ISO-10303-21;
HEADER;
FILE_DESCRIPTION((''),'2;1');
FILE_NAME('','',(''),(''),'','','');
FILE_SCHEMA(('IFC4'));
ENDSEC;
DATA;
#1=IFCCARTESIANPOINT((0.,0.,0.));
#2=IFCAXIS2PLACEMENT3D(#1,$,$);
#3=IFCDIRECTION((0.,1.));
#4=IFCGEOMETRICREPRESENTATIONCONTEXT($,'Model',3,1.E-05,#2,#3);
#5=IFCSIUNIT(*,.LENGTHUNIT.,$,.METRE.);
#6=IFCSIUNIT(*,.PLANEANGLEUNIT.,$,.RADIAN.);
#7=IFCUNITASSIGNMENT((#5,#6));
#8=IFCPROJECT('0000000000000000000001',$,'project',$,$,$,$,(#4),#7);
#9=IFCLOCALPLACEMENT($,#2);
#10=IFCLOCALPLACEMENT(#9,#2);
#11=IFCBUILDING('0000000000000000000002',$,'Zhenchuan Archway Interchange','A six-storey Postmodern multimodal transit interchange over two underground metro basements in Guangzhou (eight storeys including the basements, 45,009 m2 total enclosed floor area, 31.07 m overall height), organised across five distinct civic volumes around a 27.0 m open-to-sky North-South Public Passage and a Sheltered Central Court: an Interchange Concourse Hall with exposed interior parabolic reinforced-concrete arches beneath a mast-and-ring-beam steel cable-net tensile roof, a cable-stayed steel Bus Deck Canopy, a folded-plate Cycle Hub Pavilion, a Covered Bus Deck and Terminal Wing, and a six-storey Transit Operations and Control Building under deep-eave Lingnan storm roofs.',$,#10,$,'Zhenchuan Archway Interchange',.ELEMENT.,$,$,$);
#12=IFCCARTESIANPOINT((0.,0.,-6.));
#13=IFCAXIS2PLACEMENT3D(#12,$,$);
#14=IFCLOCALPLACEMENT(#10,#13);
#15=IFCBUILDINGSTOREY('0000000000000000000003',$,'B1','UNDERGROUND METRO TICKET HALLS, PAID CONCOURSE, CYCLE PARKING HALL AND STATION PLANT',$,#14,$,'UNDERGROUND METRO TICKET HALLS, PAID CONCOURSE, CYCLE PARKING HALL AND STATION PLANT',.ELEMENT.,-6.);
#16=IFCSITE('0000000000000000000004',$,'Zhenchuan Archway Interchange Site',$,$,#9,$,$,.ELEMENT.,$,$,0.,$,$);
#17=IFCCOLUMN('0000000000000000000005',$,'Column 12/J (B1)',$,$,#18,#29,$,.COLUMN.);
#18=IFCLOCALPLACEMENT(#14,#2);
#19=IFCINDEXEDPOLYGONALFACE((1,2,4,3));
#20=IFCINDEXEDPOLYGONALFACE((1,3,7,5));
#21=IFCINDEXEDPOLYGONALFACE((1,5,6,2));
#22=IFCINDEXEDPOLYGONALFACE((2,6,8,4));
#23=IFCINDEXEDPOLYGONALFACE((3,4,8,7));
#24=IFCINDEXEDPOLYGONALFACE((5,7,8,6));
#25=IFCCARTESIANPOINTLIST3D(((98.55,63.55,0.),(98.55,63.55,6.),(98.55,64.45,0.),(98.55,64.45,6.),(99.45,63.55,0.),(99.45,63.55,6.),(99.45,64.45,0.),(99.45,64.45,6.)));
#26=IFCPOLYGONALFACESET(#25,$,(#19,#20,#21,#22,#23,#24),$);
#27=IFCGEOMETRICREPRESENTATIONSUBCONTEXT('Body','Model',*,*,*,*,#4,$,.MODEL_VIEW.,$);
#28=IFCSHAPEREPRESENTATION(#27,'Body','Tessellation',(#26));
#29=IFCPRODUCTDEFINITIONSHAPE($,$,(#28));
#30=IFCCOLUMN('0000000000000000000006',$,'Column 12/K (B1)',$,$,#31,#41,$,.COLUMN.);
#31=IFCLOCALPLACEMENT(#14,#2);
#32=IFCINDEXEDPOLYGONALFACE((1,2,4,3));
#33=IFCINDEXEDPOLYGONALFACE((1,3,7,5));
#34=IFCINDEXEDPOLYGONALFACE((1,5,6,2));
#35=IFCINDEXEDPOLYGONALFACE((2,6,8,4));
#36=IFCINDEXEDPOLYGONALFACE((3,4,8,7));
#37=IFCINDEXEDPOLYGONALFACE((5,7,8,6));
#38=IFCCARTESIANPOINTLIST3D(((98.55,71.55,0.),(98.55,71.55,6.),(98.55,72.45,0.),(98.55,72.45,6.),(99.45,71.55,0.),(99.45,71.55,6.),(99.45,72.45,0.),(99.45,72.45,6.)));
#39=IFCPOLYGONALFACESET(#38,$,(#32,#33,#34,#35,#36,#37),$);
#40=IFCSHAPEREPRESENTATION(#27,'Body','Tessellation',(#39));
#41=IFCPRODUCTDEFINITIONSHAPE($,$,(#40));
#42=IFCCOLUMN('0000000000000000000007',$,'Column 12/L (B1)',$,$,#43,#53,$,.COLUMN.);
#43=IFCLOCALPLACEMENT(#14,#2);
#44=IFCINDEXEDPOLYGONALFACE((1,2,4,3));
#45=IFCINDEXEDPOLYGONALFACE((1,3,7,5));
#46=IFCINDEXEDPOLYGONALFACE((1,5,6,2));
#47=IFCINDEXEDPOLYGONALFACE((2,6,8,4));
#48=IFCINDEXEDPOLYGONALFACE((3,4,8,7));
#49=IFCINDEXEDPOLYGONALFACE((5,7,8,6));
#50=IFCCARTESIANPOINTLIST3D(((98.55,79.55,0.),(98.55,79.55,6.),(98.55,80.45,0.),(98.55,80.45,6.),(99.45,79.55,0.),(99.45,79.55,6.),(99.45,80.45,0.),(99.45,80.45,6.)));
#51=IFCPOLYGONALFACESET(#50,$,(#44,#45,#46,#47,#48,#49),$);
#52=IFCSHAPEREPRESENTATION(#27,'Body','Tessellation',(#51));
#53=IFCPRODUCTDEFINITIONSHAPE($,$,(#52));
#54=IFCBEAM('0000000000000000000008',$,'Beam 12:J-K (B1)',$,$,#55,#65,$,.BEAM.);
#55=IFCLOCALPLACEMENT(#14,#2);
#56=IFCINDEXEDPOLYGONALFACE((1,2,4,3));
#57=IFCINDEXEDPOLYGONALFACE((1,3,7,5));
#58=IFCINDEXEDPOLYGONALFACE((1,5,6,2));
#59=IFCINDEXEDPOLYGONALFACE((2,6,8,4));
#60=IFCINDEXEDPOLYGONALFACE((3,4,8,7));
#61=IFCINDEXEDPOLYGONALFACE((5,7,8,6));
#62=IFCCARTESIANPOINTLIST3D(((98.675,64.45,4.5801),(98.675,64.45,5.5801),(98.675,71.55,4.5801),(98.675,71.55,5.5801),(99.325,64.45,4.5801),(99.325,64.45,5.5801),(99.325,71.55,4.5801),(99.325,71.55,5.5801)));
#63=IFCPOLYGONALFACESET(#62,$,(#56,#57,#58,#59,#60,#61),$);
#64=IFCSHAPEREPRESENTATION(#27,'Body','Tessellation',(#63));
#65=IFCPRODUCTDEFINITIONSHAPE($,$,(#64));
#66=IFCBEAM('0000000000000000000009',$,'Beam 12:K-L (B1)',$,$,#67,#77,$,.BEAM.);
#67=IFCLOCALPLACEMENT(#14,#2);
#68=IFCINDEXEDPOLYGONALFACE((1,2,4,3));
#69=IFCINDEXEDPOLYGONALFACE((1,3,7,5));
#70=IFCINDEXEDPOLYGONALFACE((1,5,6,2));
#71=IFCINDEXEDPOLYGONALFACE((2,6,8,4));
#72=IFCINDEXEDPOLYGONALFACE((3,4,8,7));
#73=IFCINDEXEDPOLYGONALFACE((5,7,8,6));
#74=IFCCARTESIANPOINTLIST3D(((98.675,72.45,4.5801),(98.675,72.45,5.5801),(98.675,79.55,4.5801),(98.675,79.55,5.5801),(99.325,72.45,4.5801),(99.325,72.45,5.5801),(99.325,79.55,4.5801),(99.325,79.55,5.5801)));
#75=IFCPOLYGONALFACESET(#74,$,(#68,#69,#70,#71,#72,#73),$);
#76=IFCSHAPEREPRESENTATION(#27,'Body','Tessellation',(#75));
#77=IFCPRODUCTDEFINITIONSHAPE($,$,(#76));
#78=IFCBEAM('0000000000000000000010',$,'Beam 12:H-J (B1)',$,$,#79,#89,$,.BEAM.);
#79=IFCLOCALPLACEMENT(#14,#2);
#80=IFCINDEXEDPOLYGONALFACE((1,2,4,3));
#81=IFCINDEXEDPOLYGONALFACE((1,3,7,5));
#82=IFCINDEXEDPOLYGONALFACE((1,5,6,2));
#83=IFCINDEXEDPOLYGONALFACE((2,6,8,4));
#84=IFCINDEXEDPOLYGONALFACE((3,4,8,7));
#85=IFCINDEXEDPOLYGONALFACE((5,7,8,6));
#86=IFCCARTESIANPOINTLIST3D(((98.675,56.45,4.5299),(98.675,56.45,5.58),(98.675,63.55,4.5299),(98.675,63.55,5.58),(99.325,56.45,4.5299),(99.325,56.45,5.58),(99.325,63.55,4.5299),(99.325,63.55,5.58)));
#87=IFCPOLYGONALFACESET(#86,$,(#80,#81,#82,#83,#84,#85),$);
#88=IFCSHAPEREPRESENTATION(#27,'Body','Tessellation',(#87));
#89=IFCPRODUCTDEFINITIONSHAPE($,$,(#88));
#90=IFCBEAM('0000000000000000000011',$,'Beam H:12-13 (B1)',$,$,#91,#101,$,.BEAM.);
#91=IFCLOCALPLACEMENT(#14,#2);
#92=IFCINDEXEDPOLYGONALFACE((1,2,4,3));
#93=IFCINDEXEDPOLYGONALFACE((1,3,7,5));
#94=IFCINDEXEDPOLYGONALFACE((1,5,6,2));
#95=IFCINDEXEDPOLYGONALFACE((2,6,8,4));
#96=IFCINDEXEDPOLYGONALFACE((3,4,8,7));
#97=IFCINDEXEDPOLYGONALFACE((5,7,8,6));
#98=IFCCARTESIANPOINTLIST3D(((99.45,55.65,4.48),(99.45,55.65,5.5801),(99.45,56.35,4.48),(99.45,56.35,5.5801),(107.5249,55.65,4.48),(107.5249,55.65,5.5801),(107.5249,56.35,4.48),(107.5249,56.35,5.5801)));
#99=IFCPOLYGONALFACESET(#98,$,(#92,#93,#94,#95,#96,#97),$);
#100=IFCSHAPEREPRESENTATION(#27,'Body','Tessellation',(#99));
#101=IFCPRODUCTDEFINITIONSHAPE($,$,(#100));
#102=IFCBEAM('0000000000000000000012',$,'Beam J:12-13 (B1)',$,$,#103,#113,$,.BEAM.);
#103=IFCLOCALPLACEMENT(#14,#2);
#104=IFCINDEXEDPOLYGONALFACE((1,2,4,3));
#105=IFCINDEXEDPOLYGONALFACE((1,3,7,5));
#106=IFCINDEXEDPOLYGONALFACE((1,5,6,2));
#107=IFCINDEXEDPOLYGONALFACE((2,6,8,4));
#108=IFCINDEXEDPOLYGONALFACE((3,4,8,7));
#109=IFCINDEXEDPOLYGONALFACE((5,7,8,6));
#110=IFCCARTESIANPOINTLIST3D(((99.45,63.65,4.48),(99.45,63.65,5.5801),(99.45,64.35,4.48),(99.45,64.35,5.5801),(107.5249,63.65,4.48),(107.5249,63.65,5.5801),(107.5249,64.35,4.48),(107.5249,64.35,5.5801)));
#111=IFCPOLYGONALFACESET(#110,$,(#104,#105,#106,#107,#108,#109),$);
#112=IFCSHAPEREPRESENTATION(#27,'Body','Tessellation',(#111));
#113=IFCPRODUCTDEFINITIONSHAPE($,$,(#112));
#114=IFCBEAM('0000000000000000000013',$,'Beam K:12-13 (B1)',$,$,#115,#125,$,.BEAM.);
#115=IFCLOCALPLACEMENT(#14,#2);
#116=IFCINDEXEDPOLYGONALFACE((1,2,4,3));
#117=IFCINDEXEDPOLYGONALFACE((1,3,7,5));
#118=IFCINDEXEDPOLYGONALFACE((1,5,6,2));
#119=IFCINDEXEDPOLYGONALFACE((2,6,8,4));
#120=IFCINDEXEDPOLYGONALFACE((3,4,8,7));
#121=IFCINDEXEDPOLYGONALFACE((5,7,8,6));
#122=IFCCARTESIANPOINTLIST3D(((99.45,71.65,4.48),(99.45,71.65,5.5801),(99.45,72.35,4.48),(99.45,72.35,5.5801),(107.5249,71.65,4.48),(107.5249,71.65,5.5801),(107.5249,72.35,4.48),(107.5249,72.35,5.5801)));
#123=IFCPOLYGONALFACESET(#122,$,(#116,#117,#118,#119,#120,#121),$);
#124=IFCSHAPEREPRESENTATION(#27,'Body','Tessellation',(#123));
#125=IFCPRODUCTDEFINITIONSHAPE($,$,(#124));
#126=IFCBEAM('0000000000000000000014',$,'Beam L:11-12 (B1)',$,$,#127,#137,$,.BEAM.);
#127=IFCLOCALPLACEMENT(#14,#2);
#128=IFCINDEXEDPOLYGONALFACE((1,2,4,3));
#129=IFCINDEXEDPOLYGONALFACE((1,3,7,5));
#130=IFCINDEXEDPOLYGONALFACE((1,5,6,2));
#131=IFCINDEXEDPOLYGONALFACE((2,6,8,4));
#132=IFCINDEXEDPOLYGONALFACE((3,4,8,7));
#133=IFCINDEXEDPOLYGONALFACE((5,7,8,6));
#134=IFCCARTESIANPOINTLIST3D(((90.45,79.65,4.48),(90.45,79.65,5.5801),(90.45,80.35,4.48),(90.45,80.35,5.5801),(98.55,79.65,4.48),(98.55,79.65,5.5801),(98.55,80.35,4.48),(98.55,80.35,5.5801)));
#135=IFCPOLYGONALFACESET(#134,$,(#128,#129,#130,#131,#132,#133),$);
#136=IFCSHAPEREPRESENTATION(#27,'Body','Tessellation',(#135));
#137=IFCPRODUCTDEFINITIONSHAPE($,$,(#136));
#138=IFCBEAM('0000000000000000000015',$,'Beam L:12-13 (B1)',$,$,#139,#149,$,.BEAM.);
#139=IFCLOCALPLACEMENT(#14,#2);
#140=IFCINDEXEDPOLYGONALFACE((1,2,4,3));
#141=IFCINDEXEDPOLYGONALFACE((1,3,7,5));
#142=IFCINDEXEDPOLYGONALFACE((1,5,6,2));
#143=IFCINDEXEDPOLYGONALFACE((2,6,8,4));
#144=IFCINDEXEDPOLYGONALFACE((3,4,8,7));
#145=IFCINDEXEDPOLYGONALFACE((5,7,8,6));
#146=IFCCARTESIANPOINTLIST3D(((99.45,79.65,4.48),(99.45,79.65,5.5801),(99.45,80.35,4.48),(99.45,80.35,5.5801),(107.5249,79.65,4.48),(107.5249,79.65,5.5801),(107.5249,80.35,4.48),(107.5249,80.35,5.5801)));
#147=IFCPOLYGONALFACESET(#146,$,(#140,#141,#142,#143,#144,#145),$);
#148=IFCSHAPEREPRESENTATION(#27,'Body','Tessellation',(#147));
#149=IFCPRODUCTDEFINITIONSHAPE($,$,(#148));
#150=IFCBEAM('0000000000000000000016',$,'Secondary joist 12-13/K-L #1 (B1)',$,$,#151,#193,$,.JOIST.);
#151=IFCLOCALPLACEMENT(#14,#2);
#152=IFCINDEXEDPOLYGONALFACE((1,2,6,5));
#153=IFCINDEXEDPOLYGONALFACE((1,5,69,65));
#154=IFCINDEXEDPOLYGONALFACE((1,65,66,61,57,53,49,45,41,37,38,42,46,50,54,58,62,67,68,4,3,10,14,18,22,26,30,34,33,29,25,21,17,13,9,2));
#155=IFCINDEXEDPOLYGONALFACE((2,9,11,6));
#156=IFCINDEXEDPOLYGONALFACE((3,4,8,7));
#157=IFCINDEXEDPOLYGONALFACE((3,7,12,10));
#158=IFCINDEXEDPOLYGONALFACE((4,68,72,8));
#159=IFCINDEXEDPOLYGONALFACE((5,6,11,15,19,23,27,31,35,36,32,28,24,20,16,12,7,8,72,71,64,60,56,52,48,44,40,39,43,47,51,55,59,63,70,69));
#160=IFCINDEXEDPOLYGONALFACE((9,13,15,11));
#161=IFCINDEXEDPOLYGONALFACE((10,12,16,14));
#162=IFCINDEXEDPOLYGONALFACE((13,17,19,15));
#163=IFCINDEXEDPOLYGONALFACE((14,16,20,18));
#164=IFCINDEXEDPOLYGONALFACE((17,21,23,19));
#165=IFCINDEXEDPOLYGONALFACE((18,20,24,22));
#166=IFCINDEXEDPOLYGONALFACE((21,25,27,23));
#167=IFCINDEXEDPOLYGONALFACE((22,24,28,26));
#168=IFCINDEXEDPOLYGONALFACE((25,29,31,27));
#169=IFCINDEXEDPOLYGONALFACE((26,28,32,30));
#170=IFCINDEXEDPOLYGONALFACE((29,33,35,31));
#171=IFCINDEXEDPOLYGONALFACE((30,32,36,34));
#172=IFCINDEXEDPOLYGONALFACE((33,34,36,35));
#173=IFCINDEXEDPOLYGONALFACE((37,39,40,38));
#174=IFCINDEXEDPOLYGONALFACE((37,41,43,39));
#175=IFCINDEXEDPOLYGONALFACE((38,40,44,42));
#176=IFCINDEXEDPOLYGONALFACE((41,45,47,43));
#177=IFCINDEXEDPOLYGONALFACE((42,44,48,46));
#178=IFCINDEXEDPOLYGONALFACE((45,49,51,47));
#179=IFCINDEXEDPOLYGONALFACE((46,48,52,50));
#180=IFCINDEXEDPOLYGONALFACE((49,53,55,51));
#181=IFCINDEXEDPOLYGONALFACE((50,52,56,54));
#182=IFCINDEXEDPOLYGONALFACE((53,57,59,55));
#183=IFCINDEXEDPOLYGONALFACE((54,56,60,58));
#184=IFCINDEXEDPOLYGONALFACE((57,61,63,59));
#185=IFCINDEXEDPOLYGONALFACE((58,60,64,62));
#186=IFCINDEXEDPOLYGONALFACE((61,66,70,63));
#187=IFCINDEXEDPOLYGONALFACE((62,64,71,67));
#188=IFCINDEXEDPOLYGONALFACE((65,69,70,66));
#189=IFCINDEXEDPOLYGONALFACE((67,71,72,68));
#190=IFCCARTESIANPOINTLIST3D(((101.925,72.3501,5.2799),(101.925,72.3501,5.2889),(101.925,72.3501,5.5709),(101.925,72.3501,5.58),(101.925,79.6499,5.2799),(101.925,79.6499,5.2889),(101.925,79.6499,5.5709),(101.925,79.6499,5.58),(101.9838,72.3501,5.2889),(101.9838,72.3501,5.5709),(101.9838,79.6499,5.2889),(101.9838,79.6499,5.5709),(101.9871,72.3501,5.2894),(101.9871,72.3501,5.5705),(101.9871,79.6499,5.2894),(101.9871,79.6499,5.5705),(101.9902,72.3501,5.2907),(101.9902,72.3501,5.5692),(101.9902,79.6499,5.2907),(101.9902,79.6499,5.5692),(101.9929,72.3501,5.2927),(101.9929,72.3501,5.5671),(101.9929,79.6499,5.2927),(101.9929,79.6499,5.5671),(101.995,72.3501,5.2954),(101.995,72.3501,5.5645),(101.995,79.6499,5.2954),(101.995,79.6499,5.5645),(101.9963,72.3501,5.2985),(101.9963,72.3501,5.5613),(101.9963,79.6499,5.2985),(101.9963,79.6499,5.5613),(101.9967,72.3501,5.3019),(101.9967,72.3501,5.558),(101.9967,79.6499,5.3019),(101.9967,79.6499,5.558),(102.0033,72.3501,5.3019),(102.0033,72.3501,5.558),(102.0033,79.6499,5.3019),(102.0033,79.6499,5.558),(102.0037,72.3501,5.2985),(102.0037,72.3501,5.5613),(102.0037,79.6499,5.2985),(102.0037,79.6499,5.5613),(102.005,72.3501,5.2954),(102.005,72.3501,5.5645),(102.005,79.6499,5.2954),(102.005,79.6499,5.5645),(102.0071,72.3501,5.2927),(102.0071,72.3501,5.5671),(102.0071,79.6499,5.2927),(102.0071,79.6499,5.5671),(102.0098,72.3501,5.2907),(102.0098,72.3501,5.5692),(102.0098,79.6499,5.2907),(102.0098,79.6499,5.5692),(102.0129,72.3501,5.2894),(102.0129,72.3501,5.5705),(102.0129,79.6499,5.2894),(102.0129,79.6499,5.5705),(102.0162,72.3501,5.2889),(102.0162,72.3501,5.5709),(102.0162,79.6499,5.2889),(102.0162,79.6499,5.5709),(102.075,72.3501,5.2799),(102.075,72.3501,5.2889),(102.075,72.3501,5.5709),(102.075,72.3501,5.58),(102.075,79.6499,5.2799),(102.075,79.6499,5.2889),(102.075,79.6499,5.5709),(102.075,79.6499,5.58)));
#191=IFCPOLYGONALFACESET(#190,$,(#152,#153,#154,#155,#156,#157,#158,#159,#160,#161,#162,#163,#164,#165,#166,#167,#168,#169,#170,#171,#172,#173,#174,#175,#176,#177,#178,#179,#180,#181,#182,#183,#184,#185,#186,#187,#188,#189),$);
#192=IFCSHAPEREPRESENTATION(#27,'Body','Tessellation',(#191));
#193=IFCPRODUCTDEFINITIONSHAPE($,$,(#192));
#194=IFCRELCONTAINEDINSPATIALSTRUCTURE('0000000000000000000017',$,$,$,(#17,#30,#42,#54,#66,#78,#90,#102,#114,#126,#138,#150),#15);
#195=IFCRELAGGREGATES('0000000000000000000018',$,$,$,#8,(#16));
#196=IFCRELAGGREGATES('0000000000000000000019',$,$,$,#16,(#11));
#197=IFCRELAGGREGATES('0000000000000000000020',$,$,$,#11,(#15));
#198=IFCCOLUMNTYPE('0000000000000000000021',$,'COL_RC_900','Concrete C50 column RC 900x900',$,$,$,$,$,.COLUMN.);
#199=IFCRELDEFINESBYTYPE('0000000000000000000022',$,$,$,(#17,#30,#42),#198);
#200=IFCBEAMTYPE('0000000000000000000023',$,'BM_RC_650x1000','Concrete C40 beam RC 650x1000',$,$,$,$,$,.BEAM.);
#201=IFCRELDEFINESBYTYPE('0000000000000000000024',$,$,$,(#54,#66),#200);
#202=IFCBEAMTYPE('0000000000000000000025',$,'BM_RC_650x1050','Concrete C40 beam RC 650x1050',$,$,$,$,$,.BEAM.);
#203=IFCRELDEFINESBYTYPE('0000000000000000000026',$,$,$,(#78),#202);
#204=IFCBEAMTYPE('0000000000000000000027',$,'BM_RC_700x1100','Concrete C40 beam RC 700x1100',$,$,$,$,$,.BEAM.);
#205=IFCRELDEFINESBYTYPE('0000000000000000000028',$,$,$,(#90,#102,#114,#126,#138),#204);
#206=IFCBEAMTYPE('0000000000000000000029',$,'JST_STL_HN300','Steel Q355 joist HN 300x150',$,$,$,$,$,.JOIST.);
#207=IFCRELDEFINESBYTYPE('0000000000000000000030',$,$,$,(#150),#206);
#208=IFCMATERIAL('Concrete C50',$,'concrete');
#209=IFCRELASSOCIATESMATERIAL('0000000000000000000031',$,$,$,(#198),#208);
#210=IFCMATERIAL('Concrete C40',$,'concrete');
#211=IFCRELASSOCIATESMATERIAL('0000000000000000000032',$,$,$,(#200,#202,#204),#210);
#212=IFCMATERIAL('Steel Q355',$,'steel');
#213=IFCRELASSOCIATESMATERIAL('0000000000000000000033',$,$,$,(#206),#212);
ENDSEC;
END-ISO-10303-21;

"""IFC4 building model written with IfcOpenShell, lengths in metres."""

from ifc_helpers import new_model, si_unit, direction, frame, origin, origin_2d, place, context, subcontext, project, spatial, rectangle, i_section, extrude, material, material_profile, profile_set, type_object, element, save


model = new_model("IFC4")

# Units and contexts
model_context = context("Model", 3, precision=1e-05, world=origin(), true_north=direction((0.0, 1.0)))
body_context = subcontext(model_context, "Body", "Model", "MODEL_VIEW")
ifc_project = project(units=[si_unit("LENGTHUNIT", "METRE"), si_unit("PLANEANGLEUNIT", "RADIAN")], contexts=[model_context])

# Site, building, storey
site_placement = place(None, origin())
site = spatial("IfcSite", under=ifc_project, at=site_placement, Name="Zhenchuan Archway Interchange Site", CompositionType="ELEMENT", RefElevation=0.0)
building_placement = place(site_placement, origin())
building = spatial("IfcBuilding", under=site, at=building_placement, Name="Zhenchuan Archway Interchange", Description="A six-storey Postmodern multimodal transit interchange over two underground metro basements in Guangzhou (eight storeys including the basements, 45,009 m2 total enclosed floor area, 31.07 m overall height), organised across five distinct civic volumes around a 27.0 m open-to-sky North-South Public Passage and a Sheltered Central Court: an Interchange Concourse Hall with exposed interior parabolic reinforced-concrete arches beneath a mast-and-ring-beam steel cable-net tensile roof, a cable-stayed steel Bus Deck Canopy, a folded-plate Cycle Hub Pavilion, a Covered Bus Deck and Terminal Wing, and a six-storey Transit Operations and Control Building under deep-eave Lingnan storm roofs.", LongName="Zhenchuan Archway Interchange", CompositionType="ELEMENT")
storey_placement = place(building_placement, frame((0.0, 0.0, -6.0)))
storey = spatial("IfcBuildingStorey", under=building, at=storey_placement, Name="B1", Description="UNDERGROUND METRO TICKET HALLS, PAID CONCOURSE, CYCLE PARKING HALL AND STATION PLANT", LongName="UNDERGROUND METRO TICKET HALLS, PAID CONCOURSE, CYCLE PARKING HALL AND STATION PLANT", CompositionType="ELEMENT", Elevation=-6.0)

# Columns
ifc_material_1 = material(Name="Concrete C50", Category="concrete")
ifc_material_profile_1 = material_profile(ifc_material_1, rectangle(XDim=0.8999, YDim=0.8999, at=origin_2d()), Name="RC 900x900")
ifc_profile_set_1 = profile_set([ifc_material_profile_1], Name="Concrete C50")
column_type = type_object("IfcColumnType", Name="COL_RC_900", Description="Concrete C50 column RC 900x900", PredefinedType="COLUMN", material=ifc_profile_set_1)
for number, where, z_axis, x_axis, name in (
    (1, (99.0, 64.0, 0.0), (0.0, 0.0, 1.0), (1.0, 0.0, 0.0), "Column 12/J (B1)"),
    (2, (99.0, 72.0, 0.0), (0.0, 0.0, 1.0), (1.0, 0.0, 0.0), "Column 12/K (B1)"),
    (3, (99.0, 80.0, 0.0), (0.0, 0.0, 1.0), (1.0, 0.0, 0.0), "Column 12/L (B1)"),
):
    element("IfcColumn", number, at=place(storey_placement, frame(where, z_axis=z_axis, x_axis=x_axis)), inside=storey, type_object=column_type, Name=name, PredefinedType="COLUMN", context=body_context, shape_type="SweptSolid", body=[
        extrude(rectangle(XDim=0.8999, YDim=0.8999, at=origin_2d()), origin(), (0.0, 0.0, 1.0), 6.0),
    ])

# Beams
ifc_material_2 = material(Name="Concrete C40", Category="concrete")
ifc_material_profile_2 = material_profile(ifc_material_2, rectangle(XDim=0.6499, YDim=1.0, at=origin_2d()), Name="RC 650x1000")
ifc_profile_set_2 = profile_set([ifc_material_profile_2], Name="Concrete C40")
beam_type_1 = type_object("IfcBeamType", Name="BM_RC_650x1000", Description="Concrete C40 beam RC 650x1000", PredefinedType="BEAM", material=ifc_profile_set_2)
for number, where, z_axis, x_axis, name in (
    (4, (99.0, 64.45, 5.0801), (0.0, 1.0, 0.0), (-1.0, 0.0, 0.0), "Beam 12:J-K (B1)"),
    (5, (99.0, 72.45, 5.0801), (0.0, 1.0, 0.0), (-1.0, 0.0, 0.0), "Beam 12:K-L (B1)"),
):
    element("IfcBeam", number, at=place(storey_placement, frame(where, z_axis=z_axis, x_axis=x_axis)), inside=storey, type_object=beam_type_1, Name=name, PredefinedType="BEAM", context=body_context, shape_type="SweptSolid", body=[
        extrude(rectangle(XDim=0.6499, YDim=1.0, at=origin_2d()), origin(), (0.0, 0.0, 1.0), 7.1001),
    ])
ifc_material_profile_3 = material_profile(ifc_material_2, rectangle(XDim=0.6499, YDim=1.05, at=origin_2d()), Name="RC 650x1050")
ifc_profile_set_3 = profile_set([ifc_material_profile_3], Name="Concrete C40")
beam_type_2 = type_object("IfcBeamType", Name="BM_RC_650x1050", Description="Concrete C40 beam RC 650x1050", PredefinedType="BEAM", material=ifc_profile_set_3)
beam_1_placement = place(storey_placement, frame((99.0, 56.45, 5.0549), z_axis=(0.0, 1.0, 0.0), x_axis=(-1.0, 0.0, 0.0)))
element("IfcBeam", 6, at=beam_1_placement, inside=storey, type_object=beam_type_2, Name="Beam 12:H-J (B1)", PredefinedType="BEAM", context=body_context, shape_type="SweptSolid", body=[
    extrude(rectangle(XDim=0.6499, YDim=1.05, at=origin_2d()), origin(), (0.0, 0.0, 1.0), 7.1001),
])
ifc_material_profile_4 = material_profile(ifc_material_2, rectangle(XDim=0.7, YDim=1.1001, at=origin_2d()), Name="RC 700x1100")
ifc_profile_set_4 = profile_set([ifc_material_profile_4], Name="Concrete C40")
beam_type_3 = type_object("IfcBeamType", Name="BM_RC_700x1100", Description="Concrete C40 beam RC 700x1100", PredefinedType="BEAM", material=ifc_profile_set_4)
for number, where, z_axis, x_axis, name in (
    (7, (99.45, 56.0, 5.03), (1.0, 0.0, 0.0), (0.0, 1.0, 0.0), "Beam H:12-13 (B1)"),
    (8, (99.45, 64.0, 5.03), (1.0, 0.0, 0.0), (0.0, 1.0, 0.0), "Beam J:12-13 (B1)"),
    (9, (99.45, 72.0, 5.03), (1.0, 0.0, 0.0), (0.0, 1.0, 0.0), "Beam K:12-13 (B1)"),
):
    element("IfcBeam", number, at=place(storey_placement, frame(where, z_axis=z_axis, x_axis=x_axis)), inside=storey, type_object=beam_type_3, Name=name, PredefinedType="BEAM", context=body_context, shape_type="SweptSolid", body=[
        extrude(rectangle(XDim=0.7, YDim=1.1001, at=origin_2d()), origin(), (0.0, 0.0, 1.0), 8.075),
    ])
beam_2_placement = place(storey_placement, frame((90.45, 80.0, 5.03), z_axis=(1.0, 0.0, 0.0), x_axis=(0.0, 1.0, 0.0)))
element("IfcBeam", 10, at=beam_2_placement, inside=storey, type_object=beam_type_3, Name="Beam L:11-12 (B1)", PredefinedType="BEAM", context=body_context, shape_type="SweptSolid", body=[
    extrude(rectangle(XDim=0.7, YDim=1.1001, at=origin_2d()), origin(), (0.0, 0.0, 1.0), 8.1001),
])
beam_3_placement = place(storey_placement, frame((99.45, 80.0, 5.03), z_axis=(1.0, 0.0, 0.0), x_axis=(0.0, 1.0, 0.0)))
element("IfcBeam", 11, at=beam_3_placement, inside=storey, type_object=beam_type_3, Name="Beam L:12-13 (B1)", PredefinedType="BEAM", context=body_context, shape_type="SweptSolid", body=[
    extrude(rectangle(XDim=0.7, YDim=1.1001, at=origin_2d()), origin(), (0.0, 0.0, 1.0), 8.075),
])
ifc_material_3 = material(Name="Steel Q355", Category="steel")
ifc_material_profile_5 = material_profile(ifc_material_3, i_section(OverallWidth=0.1499, OverallDepth=0.3, WebThickness=0.0066, FlangeThickness=0.009, FilletRadius=0.0129, at=origin_2d()), Name="HN 300x150")
ifc_profile_set_5 = profile_set([ifc_material_profile_5], Name="Steel Q355")
beam_type_4 = type_object("IfcBeamType", Name="JST_STL_HN300", Description="Steel Q355 joist HN 300x150", PredefinedType="JOIST", material=ifc_profile_set_5)
beam_4_placement = place(storey_placement, frame((102.0, 72.3501, 5.4299), z_axis=(0.0, 1.0, 0.0), x_axis=(-1.0, 0.0, 0.0)))
element("IfcBeam", 12, at=beam_4_placement, inside=storey, type_object=beam_type_4, Name="Secondary joist 12-13/K-L #1 (B1)", PredefinedType="JOIST", context=body_context, shape_type="SweptSolid", body=[
    extrude(i_section(OverallWidth=0.1499, OverallDepth=0.3, WebThickness=0.0066, FlangeThickness=0.009, FilletRadius=0.0129, at=origin_2d()), origin(), (0.0, 0.0, 1.0), 7.2998),
])

save(model, "model.ifc")
